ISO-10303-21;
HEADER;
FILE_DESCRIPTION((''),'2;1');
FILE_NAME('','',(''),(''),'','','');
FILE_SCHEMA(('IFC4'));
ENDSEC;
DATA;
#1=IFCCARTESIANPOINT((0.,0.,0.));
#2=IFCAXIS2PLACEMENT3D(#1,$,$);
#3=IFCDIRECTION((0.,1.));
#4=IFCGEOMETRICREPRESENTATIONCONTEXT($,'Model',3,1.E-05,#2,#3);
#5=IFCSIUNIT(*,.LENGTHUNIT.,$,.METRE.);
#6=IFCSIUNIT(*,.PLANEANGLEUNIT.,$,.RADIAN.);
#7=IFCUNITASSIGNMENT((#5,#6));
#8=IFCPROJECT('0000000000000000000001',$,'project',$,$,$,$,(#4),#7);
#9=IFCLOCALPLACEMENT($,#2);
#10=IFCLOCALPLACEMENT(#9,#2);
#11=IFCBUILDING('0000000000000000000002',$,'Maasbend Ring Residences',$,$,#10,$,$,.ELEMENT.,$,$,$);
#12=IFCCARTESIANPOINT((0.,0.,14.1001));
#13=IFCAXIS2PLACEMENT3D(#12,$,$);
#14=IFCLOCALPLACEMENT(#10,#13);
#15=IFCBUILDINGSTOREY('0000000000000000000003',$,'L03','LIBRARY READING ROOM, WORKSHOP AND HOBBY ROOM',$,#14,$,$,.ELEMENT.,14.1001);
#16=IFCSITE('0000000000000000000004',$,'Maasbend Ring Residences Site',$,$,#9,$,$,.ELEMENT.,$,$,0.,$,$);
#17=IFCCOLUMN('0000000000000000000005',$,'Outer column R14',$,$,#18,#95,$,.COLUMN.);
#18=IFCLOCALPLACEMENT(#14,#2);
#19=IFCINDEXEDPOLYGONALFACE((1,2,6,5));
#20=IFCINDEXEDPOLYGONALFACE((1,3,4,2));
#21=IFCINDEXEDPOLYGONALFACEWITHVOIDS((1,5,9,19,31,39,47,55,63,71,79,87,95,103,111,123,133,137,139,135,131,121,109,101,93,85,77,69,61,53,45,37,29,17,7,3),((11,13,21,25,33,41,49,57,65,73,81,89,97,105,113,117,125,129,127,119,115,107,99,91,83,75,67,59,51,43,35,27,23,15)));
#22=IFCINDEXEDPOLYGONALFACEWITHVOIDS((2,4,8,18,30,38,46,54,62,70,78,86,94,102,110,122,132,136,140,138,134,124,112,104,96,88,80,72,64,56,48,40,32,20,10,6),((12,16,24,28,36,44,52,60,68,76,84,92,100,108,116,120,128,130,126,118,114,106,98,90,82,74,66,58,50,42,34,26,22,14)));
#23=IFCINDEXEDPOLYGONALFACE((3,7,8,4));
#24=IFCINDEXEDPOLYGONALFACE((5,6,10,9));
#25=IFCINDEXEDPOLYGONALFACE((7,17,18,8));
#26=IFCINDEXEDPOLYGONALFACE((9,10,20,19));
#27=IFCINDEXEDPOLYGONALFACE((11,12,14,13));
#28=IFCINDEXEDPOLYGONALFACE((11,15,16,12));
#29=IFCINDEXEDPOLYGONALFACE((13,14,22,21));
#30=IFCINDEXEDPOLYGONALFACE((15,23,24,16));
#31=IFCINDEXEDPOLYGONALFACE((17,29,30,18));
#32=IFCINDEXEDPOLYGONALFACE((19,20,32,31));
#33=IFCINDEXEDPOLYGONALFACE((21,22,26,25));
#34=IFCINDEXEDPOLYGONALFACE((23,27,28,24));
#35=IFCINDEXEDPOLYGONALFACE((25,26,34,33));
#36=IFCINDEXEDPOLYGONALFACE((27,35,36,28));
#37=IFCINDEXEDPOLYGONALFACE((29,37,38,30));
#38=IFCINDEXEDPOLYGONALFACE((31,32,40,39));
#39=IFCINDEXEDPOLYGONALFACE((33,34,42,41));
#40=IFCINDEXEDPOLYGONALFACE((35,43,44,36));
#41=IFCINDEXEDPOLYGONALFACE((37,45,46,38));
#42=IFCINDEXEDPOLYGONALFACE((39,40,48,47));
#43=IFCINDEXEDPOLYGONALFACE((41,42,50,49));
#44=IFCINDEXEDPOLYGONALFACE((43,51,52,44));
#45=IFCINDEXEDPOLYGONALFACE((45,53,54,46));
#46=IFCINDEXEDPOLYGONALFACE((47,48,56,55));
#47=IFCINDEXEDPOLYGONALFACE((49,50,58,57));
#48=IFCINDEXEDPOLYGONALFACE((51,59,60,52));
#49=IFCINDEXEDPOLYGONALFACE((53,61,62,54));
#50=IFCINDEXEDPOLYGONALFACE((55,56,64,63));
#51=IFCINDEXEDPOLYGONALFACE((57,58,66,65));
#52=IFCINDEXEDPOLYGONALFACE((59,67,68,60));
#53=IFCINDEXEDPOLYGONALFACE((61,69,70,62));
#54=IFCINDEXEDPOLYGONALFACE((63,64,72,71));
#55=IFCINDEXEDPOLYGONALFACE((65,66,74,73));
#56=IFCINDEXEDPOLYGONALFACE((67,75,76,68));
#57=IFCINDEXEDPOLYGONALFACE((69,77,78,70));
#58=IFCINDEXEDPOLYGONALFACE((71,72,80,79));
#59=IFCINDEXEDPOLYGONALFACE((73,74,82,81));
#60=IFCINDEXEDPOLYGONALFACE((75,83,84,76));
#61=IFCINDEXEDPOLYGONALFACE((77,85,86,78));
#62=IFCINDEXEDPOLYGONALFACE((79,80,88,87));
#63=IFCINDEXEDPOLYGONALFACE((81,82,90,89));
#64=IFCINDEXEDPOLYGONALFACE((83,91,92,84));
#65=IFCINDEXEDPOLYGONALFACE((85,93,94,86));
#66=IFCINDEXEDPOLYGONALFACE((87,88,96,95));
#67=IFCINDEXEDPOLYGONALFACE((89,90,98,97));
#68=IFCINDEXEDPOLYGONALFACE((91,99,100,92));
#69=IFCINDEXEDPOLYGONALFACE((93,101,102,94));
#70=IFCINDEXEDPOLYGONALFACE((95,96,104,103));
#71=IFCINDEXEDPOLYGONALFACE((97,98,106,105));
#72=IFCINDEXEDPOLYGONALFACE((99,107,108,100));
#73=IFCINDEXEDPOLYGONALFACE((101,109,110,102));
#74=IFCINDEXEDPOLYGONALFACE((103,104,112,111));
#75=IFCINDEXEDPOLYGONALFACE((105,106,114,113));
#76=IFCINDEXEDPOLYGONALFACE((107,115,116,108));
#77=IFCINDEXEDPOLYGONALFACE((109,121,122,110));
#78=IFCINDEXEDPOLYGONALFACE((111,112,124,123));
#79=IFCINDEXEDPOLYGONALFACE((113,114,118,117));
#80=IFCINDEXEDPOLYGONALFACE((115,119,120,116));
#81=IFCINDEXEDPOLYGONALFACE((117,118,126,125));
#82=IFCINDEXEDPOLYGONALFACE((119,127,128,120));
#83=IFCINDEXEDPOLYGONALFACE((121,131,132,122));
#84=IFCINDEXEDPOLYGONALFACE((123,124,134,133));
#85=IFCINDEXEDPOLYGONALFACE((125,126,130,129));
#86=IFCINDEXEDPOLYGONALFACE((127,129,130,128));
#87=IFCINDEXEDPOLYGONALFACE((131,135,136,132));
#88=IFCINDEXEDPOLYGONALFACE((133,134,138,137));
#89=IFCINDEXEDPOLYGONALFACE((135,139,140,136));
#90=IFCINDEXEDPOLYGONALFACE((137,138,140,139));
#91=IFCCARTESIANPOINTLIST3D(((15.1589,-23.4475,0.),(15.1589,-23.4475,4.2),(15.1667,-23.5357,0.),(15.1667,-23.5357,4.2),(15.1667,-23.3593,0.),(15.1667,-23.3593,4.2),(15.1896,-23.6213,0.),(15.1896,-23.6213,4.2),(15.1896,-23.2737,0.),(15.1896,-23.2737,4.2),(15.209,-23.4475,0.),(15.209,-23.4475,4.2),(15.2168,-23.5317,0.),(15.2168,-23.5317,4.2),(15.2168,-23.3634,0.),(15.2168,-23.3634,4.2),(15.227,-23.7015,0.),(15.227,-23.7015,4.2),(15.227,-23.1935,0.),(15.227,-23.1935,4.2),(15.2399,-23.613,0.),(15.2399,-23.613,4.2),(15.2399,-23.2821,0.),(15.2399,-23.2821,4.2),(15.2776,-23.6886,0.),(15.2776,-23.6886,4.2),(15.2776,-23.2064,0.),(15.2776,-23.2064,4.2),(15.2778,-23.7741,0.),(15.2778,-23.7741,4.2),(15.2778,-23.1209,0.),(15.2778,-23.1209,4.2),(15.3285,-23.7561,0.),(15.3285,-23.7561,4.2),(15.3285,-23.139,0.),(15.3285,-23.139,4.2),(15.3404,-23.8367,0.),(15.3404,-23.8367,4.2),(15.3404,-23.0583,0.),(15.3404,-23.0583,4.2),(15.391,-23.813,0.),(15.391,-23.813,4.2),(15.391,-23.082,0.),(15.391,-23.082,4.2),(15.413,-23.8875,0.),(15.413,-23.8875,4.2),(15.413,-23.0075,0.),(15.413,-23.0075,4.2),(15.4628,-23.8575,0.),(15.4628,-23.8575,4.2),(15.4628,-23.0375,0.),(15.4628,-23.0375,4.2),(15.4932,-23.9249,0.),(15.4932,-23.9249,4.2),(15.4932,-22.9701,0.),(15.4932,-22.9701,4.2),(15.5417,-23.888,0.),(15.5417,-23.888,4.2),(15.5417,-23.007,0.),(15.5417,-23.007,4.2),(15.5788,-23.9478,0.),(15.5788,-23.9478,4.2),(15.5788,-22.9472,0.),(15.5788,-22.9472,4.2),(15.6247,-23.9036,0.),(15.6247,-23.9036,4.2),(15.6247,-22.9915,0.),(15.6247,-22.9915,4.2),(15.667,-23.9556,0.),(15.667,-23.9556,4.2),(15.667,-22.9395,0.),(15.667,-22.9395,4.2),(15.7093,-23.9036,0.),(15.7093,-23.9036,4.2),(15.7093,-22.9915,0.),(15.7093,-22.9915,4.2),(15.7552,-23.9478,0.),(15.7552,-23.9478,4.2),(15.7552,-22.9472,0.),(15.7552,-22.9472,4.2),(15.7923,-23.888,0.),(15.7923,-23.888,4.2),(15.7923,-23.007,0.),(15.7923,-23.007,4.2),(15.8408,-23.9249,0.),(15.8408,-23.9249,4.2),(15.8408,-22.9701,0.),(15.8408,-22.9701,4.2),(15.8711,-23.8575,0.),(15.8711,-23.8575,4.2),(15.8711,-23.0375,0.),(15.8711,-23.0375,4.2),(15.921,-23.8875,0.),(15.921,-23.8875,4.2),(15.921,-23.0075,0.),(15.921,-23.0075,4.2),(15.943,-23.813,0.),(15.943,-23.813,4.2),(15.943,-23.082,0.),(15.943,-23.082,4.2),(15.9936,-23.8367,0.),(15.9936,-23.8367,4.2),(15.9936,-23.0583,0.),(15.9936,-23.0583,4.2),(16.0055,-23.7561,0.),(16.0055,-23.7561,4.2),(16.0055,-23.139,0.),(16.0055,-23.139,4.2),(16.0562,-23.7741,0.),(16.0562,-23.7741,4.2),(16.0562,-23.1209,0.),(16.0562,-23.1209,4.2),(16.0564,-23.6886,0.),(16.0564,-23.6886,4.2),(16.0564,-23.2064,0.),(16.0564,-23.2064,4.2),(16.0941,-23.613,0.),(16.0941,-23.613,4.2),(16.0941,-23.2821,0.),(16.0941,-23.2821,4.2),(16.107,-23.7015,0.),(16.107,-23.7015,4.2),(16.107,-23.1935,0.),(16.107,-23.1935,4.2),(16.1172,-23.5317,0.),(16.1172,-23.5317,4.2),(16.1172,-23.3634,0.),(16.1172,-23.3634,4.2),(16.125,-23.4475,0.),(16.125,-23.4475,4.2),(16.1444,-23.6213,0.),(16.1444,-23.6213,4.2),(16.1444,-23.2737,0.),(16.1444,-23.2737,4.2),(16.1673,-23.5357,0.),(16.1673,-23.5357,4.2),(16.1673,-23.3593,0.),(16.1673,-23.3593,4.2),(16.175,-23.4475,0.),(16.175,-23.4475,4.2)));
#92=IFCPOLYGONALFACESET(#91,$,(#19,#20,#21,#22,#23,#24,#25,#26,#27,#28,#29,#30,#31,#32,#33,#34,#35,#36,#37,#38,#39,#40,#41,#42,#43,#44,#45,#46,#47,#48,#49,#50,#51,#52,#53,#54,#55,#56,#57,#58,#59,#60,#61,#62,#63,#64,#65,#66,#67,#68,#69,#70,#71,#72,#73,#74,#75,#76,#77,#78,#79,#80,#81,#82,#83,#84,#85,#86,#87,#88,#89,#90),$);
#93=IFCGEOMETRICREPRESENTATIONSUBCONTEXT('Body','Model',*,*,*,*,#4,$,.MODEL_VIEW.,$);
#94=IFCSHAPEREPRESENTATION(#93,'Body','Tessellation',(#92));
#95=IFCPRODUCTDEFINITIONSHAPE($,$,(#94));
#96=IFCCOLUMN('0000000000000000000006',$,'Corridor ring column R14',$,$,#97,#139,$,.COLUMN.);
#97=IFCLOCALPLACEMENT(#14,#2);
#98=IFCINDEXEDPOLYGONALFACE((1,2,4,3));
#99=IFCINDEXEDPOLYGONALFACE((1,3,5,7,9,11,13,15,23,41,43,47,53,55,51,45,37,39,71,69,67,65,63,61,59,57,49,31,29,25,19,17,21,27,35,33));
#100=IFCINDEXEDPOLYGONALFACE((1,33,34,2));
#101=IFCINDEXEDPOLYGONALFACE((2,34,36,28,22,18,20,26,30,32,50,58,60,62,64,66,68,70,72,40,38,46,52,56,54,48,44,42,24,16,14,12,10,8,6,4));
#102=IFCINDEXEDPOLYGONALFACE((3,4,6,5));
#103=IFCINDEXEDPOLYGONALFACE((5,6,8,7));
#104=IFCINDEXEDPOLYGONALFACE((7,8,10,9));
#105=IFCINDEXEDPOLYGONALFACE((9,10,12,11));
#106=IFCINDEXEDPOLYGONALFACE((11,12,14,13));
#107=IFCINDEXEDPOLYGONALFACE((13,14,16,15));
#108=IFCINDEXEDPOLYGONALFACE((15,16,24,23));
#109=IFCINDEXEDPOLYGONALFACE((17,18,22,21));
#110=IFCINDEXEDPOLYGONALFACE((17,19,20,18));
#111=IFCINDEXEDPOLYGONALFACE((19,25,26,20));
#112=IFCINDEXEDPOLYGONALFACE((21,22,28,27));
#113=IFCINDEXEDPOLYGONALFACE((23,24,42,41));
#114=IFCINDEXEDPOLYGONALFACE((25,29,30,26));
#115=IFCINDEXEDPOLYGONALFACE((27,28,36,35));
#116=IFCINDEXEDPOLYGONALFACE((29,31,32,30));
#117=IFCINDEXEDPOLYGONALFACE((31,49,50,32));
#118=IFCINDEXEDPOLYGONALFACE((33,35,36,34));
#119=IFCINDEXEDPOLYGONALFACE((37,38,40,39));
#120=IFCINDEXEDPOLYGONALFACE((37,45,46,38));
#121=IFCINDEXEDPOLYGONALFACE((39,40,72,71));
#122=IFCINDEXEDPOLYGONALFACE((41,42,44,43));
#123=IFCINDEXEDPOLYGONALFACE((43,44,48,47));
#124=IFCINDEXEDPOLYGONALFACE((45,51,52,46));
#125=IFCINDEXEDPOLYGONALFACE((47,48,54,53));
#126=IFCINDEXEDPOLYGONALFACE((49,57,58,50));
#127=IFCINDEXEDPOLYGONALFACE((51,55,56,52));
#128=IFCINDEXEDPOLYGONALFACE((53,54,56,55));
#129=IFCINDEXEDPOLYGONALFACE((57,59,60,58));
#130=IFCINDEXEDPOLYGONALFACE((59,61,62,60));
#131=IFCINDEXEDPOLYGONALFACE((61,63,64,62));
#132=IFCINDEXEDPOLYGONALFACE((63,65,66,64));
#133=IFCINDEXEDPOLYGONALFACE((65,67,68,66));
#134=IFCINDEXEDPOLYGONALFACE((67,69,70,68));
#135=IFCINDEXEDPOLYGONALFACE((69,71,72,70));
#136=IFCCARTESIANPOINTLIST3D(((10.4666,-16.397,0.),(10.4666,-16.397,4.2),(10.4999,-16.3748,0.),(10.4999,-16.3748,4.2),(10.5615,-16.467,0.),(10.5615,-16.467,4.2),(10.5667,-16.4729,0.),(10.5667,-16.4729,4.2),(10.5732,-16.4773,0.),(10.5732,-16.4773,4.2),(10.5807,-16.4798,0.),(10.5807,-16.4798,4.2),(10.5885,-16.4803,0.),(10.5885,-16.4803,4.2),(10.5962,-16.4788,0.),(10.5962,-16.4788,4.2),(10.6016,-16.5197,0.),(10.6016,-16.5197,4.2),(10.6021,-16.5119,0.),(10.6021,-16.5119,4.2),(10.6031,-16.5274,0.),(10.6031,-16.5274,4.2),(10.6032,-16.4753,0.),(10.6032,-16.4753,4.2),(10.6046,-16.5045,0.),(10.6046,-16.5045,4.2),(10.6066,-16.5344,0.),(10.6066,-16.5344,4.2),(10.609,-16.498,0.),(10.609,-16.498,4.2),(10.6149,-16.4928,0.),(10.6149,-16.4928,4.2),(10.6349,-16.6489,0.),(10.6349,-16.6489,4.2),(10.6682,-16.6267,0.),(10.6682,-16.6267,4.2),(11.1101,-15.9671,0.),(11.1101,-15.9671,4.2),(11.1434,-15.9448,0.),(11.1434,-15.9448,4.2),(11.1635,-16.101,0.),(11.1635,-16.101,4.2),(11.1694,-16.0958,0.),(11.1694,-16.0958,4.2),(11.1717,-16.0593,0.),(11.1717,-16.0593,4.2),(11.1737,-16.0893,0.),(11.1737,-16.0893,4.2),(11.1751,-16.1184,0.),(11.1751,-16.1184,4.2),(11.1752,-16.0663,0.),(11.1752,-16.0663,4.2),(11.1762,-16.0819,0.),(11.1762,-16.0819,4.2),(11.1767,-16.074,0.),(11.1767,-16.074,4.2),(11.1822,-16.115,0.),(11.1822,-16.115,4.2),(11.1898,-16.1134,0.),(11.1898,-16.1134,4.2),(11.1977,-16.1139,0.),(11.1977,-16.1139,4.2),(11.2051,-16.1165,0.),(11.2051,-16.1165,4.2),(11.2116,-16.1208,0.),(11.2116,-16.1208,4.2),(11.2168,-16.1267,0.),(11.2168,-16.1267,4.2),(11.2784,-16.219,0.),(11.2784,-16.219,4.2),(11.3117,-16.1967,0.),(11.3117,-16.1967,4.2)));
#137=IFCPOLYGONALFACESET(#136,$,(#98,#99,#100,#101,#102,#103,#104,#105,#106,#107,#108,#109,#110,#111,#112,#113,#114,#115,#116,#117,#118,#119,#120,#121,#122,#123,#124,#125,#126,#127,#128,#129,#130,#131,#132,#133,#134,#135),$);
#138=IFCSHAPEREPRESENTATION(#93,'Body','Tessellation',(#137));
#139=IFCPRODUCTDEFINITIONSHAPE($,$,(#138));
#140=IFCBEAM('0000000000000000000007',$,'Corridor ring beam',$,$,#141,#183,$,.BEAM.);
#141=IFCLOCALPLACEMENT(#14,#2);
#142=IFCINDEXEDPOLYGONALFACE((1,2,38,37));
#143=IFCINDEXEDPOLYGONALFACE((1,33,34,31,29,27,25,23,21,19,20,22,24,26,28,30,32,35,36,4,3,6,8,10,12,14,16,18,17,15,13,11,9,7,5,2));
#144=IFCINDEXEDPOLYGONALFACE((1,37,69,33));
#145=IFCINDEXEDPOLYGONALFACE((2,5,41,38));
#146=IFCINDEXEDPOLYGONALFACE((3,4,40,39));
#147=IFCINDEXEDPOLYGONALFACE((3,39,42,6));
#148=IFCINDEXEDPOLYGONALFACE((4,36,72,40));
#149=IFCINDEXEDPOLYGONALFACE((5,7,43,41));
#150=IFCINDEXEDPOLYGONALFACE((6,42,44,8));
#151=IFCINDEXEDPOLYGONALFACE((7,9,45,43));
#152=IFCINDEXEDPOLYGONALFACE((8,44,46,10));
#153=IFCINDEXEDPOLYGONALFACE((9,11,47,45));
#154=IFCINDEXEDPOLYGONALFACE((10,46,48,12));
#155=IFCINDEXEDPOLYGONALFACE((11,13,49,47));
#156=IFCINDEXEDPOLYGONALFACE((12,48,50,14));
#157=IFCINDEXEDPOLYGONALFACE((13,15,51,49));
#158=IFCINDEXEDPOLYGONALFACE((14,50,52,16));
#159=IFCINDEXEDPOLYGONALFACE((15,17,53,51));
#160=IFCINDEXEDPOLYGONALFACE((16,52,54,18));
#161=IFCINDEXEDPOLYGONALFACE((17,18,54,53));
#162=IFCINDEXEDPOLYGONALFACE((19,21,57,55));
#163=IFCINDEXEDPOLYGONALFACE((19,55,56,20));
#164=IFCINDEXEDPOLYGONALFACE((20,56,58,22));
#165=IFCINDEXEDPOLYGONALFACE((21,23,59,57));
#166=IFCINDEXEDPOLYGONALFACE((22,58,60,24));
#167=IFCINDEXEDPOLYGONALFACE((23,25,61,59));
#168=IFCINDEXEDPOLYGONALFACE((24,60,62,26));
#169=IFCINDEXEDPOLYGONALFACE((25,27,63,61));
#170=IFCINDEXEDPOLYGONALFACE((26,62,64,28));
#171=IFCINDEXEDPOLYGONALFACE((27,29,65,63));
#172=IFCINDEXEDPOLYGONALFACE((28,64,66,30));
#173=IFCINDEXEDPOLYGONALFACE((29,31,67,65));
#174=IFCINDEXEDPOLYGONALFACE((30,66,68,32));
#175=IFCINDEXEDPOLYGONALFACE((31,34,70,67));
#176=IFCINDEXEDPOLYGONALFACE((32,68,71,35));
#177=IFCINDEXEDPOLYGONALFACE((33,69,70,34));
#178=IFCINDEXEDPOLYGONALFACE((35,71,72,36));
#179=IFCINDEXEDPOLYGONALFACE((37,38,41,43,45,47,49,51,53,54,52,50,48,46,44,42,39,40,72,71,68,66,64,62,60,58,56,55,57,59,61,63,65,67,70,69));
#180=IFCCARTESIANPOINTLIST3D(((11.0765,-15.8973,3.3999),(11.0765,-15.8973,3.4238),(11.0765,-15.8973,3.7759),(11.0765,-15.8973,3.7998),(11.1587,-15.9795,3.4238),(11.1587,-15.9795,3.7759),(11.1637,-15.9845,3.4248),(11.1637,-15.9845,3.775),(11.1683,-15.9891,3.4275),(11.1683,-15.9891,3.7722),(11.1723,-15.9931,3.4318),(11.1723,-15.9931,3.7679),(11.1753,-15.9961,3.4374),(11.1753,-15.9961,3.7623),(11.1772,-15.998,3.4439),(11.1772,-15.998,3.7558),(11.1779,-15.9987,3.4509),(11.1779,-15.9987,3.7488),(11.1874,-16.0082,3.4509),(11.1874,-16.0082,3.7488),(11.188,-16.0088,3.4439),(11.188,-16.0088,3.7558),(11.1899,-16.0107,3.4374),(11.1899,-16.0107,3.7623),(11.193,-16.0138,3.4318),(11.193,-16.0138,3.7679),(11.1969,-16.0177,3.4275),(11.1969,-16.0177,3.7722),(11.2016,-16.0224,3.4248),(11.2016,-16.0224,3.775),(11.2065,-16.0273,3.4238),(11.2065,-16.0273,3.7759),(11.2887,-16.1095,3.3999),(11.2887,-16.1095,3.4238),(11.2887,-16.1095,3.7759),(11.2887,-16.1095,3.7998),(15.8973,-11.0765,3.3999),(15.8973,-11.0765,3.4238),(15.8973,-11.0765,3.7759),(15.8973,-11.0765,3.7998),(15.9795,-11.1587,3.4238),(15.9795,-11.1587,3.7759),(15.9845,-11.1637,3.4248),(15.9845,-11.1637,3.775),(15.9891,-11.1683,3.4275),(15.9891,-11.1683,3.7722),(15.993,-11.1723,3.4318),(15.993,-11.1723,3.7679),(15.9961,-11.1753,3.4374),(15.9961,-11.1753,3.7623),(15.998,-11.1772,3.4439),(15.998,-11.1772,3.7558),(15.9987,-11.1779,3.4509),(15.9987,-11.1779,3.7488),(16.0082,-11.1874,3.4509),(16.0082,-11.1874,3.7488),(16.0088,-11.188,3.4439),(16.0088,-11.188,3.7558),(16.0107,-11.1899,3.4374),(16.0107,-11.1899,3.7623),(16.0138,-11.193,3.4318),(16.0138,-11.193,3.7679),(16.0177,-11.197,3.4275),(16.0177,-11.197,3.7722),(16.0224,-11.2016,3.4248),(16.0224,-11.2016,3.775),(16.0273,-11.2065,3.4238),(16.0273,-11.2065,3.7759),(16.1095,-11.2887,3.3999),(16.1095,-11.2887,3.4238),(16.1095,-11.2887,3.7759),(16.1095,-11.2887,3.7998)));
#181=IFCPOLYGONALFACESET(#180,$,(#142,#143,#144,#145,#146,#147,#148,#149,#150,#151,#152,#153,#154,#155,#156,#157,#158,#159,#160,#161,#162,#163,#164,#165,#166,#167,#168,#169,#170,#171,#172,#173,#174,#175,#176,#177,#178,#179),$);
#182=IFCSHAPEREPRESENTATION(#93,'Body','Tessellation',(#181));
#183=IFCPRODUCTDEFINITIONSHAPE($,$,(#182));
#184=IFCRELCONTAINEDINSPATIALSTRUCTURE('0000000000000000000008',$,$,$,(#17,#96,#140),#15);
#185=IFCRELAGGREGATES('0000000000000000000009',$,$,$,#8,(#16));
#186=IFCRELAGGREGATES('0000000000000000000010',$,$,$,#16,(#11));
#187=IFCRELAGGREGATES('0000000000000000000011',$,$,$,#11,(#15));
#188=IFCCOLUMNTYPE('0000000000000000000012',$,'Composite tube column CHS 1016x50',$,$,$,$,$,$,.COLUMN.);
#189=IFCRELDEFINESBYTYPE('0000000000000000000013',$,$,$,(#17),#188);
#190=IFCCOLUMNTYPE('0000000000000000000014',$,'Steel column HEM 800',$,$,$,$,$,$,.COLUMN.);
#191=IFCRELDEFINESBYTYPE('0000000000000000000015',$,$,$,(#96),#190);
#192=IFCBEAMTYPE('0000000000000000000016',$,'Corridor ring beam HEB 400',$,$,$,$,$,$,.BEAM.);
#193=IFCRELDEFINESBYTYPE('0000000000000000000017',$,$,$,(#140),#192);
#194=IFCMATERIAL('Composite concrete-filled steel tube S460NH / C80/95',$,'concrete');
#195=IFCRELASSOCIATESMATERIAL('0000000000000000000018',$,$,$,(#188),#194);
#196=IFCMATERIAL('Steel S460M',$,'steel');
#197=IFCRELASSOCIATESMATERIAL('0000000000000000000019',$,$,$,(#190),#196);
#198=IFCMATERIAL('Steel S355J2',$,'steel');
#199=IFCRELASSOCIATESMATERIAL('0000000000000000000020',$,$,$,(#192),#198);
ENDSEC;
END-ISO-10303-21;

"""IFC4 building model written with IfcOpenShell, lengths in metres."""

from ifc_helpers import new_model, si_unit, direction, frame, origin, origin_2d, place, context, subcontext, project, spatial, hollow_circle, i_section, extrude, material, material_profile, profile_set, type_object, element, save


model = new_model("IFC4")

# Units and contexts
model_context = context("Model", 3, precision=1e-05, world=origin(), true_north=direction((0.0, 1.0)))
body_context = subcontext(model_context, "Body", "Model", "MODEL_VIEW")
ifc_project = project(units=[si_unit("LENGTHUNIT", "METRE"), si_unit("PLANEANGLEUNIT", "RADIAN")], contexts=[model_context])

# Site, building, storey
site_placement = place(None, origin())
site = spatial("IfcSite", under=ifc_project, at=site_placement, Name="Maasbend Ring Residences Site", CompositionType="ELEMENT", RefElevation=0.0)
building_placement = place(site_placement, origin())
building = spatial("IfcBuilding", under=site, at=building_placement, Name="Maasbend Ring Residences", CompositionType="ELEMENT")
storey_placement = place(building_placement, frame((0.0, 0.0, 14.1001)))
storey = spatial("IfcBuildingStorey", under=building, at=storey_placement, Name="L03", Description="LIBRARY READING ROOM, WORKSHOP AND HOBBY ROOM", CompositionType="ELEMENT", Elevation=14.1001)

# Columns
ifc_material_1 = material(Name="Composite concrete-filled steel tube S460NH / C80/95", Category="concrete")
ifc_material_profile_1 = material_profile(ifc_material_1, hollow_circle(Radius=0.5081, WallThickness=0.05, at=origin_2d()), Name="Composite tube column CHS 1016x50")
ifc_profile_set_1 = profile_set([ifc_material_profile_1], Name="Composite concrete-filled steel tube S460NH / C80/95")
column_type_1 = type_object("IfcColumnType", Name="Composite tube column CHS 1016x50", PredefinedType="COLUMN", material=ifc_profile_set_1)
column_1_placement = place(storey_placement, frame((15.667, -23.4475, 0.0), z_axis=(0.0, 0.0, 1.0), x_axis=(1.0, 0.0, 0.0)))
element("IfcColumn", 1, at=column_1_placement, inside=storey, type_object=column_type_1, Name="Outer column R14", PredefinedType="COLUMN", context=body_context, shape_type="SweptSolid", body=[
    extrude(hollow_circle(Radius=0.5081, WallThickness=0.05, at=origin_2d()), origin(), (0.0, 0.0, 1.0), 4.2),
])
ifc_material_2 = material(Name="Steel S460M", Category="steel")
ifc_material_profile_2 = material_profile(ifc_material_2, i_section(OverallWidth=0.303, OverallDepth=0.814, WebThickness=0.021, FlangeThickness=0.04, FilletRadius=0.03, at=origin_2d()), Name="HEM 800")
ifc_profile_set_2 = profile_set([ifc_material_profile_2], Name="Steel S460M")
column_type_2 = type_object("IfcColumnType", Name="Steel column HEM 800", PredefinedType="COLUMN", material=ifc_profile_set_2)
column_2_placement = place(storey_placement, frame((10.8892, -16.2969, 0.0), z_axis=(0.0, 0.0, 1.0), x_axis=(0.55557, -0.83147, 0.0)))
element("IfcColumn", 2, at=column_2_placement, inside=storey, type_object=column_type_2, Name="Corridor ring column R14", PredefinedType="COLUMN", context=body_context, shape_type="SweptSolid", body=[
    extrude(i_section(OverallWidth=0.303, OverallDepth=0.814, WebThickness=0.021, FlangeThickness=0.04, FilletRadius=0.03, at=origin_2d()), origin(), (0.0, 0.0, 1.0), 4.2),
])

# Beam
ifc_material_3 = material(Name="Steel S355J2", Category="steel")
ifc_material_profile_3 = material_profile(ifc_material_3, i_section(OverallWidth=0.3, OverallDepth=0.3999, WebThickness=0.0134, FlangeThickness=0.0239, FilletRadius=0.0271, at=origin_2d()), Name="HEB 400")
ifc_profile_set_3 = profile_set([ifc_material_profile_3], Name="Steel S355J2")
beam_type_1 = type_object("IfcBeamType", Name="Corridor ring beam HEB 400", PredefinedType="BEAM", material=ifc_profile_set_3)
beam_1_placement = place(storey_placement, frame((11.1826, -16.0034, 3.5999), z_axis=(0.707107, 0.707107, 0.0), x_axis=(-0.707107, 0.707107, 0.0)))
element("IfcBeam", 3, at=beam_1_placement, inside=storey, type_object=beam_type_1, Name="Corridor ring beam", PredefinedType="BEAM", context=body_context, shape_type="SweptSolid", body=[
    extrude(i_section(OverallWidth=0.3, OverallDepth=0.3999, WebThickness=0.0134, FlangeThickness=0.0239, FilletRadius=0.0271, at=origin_2d()), origin(), (0.0, 0.0, 1.0), 6.8176),
])

save(model, "model.ifc")
